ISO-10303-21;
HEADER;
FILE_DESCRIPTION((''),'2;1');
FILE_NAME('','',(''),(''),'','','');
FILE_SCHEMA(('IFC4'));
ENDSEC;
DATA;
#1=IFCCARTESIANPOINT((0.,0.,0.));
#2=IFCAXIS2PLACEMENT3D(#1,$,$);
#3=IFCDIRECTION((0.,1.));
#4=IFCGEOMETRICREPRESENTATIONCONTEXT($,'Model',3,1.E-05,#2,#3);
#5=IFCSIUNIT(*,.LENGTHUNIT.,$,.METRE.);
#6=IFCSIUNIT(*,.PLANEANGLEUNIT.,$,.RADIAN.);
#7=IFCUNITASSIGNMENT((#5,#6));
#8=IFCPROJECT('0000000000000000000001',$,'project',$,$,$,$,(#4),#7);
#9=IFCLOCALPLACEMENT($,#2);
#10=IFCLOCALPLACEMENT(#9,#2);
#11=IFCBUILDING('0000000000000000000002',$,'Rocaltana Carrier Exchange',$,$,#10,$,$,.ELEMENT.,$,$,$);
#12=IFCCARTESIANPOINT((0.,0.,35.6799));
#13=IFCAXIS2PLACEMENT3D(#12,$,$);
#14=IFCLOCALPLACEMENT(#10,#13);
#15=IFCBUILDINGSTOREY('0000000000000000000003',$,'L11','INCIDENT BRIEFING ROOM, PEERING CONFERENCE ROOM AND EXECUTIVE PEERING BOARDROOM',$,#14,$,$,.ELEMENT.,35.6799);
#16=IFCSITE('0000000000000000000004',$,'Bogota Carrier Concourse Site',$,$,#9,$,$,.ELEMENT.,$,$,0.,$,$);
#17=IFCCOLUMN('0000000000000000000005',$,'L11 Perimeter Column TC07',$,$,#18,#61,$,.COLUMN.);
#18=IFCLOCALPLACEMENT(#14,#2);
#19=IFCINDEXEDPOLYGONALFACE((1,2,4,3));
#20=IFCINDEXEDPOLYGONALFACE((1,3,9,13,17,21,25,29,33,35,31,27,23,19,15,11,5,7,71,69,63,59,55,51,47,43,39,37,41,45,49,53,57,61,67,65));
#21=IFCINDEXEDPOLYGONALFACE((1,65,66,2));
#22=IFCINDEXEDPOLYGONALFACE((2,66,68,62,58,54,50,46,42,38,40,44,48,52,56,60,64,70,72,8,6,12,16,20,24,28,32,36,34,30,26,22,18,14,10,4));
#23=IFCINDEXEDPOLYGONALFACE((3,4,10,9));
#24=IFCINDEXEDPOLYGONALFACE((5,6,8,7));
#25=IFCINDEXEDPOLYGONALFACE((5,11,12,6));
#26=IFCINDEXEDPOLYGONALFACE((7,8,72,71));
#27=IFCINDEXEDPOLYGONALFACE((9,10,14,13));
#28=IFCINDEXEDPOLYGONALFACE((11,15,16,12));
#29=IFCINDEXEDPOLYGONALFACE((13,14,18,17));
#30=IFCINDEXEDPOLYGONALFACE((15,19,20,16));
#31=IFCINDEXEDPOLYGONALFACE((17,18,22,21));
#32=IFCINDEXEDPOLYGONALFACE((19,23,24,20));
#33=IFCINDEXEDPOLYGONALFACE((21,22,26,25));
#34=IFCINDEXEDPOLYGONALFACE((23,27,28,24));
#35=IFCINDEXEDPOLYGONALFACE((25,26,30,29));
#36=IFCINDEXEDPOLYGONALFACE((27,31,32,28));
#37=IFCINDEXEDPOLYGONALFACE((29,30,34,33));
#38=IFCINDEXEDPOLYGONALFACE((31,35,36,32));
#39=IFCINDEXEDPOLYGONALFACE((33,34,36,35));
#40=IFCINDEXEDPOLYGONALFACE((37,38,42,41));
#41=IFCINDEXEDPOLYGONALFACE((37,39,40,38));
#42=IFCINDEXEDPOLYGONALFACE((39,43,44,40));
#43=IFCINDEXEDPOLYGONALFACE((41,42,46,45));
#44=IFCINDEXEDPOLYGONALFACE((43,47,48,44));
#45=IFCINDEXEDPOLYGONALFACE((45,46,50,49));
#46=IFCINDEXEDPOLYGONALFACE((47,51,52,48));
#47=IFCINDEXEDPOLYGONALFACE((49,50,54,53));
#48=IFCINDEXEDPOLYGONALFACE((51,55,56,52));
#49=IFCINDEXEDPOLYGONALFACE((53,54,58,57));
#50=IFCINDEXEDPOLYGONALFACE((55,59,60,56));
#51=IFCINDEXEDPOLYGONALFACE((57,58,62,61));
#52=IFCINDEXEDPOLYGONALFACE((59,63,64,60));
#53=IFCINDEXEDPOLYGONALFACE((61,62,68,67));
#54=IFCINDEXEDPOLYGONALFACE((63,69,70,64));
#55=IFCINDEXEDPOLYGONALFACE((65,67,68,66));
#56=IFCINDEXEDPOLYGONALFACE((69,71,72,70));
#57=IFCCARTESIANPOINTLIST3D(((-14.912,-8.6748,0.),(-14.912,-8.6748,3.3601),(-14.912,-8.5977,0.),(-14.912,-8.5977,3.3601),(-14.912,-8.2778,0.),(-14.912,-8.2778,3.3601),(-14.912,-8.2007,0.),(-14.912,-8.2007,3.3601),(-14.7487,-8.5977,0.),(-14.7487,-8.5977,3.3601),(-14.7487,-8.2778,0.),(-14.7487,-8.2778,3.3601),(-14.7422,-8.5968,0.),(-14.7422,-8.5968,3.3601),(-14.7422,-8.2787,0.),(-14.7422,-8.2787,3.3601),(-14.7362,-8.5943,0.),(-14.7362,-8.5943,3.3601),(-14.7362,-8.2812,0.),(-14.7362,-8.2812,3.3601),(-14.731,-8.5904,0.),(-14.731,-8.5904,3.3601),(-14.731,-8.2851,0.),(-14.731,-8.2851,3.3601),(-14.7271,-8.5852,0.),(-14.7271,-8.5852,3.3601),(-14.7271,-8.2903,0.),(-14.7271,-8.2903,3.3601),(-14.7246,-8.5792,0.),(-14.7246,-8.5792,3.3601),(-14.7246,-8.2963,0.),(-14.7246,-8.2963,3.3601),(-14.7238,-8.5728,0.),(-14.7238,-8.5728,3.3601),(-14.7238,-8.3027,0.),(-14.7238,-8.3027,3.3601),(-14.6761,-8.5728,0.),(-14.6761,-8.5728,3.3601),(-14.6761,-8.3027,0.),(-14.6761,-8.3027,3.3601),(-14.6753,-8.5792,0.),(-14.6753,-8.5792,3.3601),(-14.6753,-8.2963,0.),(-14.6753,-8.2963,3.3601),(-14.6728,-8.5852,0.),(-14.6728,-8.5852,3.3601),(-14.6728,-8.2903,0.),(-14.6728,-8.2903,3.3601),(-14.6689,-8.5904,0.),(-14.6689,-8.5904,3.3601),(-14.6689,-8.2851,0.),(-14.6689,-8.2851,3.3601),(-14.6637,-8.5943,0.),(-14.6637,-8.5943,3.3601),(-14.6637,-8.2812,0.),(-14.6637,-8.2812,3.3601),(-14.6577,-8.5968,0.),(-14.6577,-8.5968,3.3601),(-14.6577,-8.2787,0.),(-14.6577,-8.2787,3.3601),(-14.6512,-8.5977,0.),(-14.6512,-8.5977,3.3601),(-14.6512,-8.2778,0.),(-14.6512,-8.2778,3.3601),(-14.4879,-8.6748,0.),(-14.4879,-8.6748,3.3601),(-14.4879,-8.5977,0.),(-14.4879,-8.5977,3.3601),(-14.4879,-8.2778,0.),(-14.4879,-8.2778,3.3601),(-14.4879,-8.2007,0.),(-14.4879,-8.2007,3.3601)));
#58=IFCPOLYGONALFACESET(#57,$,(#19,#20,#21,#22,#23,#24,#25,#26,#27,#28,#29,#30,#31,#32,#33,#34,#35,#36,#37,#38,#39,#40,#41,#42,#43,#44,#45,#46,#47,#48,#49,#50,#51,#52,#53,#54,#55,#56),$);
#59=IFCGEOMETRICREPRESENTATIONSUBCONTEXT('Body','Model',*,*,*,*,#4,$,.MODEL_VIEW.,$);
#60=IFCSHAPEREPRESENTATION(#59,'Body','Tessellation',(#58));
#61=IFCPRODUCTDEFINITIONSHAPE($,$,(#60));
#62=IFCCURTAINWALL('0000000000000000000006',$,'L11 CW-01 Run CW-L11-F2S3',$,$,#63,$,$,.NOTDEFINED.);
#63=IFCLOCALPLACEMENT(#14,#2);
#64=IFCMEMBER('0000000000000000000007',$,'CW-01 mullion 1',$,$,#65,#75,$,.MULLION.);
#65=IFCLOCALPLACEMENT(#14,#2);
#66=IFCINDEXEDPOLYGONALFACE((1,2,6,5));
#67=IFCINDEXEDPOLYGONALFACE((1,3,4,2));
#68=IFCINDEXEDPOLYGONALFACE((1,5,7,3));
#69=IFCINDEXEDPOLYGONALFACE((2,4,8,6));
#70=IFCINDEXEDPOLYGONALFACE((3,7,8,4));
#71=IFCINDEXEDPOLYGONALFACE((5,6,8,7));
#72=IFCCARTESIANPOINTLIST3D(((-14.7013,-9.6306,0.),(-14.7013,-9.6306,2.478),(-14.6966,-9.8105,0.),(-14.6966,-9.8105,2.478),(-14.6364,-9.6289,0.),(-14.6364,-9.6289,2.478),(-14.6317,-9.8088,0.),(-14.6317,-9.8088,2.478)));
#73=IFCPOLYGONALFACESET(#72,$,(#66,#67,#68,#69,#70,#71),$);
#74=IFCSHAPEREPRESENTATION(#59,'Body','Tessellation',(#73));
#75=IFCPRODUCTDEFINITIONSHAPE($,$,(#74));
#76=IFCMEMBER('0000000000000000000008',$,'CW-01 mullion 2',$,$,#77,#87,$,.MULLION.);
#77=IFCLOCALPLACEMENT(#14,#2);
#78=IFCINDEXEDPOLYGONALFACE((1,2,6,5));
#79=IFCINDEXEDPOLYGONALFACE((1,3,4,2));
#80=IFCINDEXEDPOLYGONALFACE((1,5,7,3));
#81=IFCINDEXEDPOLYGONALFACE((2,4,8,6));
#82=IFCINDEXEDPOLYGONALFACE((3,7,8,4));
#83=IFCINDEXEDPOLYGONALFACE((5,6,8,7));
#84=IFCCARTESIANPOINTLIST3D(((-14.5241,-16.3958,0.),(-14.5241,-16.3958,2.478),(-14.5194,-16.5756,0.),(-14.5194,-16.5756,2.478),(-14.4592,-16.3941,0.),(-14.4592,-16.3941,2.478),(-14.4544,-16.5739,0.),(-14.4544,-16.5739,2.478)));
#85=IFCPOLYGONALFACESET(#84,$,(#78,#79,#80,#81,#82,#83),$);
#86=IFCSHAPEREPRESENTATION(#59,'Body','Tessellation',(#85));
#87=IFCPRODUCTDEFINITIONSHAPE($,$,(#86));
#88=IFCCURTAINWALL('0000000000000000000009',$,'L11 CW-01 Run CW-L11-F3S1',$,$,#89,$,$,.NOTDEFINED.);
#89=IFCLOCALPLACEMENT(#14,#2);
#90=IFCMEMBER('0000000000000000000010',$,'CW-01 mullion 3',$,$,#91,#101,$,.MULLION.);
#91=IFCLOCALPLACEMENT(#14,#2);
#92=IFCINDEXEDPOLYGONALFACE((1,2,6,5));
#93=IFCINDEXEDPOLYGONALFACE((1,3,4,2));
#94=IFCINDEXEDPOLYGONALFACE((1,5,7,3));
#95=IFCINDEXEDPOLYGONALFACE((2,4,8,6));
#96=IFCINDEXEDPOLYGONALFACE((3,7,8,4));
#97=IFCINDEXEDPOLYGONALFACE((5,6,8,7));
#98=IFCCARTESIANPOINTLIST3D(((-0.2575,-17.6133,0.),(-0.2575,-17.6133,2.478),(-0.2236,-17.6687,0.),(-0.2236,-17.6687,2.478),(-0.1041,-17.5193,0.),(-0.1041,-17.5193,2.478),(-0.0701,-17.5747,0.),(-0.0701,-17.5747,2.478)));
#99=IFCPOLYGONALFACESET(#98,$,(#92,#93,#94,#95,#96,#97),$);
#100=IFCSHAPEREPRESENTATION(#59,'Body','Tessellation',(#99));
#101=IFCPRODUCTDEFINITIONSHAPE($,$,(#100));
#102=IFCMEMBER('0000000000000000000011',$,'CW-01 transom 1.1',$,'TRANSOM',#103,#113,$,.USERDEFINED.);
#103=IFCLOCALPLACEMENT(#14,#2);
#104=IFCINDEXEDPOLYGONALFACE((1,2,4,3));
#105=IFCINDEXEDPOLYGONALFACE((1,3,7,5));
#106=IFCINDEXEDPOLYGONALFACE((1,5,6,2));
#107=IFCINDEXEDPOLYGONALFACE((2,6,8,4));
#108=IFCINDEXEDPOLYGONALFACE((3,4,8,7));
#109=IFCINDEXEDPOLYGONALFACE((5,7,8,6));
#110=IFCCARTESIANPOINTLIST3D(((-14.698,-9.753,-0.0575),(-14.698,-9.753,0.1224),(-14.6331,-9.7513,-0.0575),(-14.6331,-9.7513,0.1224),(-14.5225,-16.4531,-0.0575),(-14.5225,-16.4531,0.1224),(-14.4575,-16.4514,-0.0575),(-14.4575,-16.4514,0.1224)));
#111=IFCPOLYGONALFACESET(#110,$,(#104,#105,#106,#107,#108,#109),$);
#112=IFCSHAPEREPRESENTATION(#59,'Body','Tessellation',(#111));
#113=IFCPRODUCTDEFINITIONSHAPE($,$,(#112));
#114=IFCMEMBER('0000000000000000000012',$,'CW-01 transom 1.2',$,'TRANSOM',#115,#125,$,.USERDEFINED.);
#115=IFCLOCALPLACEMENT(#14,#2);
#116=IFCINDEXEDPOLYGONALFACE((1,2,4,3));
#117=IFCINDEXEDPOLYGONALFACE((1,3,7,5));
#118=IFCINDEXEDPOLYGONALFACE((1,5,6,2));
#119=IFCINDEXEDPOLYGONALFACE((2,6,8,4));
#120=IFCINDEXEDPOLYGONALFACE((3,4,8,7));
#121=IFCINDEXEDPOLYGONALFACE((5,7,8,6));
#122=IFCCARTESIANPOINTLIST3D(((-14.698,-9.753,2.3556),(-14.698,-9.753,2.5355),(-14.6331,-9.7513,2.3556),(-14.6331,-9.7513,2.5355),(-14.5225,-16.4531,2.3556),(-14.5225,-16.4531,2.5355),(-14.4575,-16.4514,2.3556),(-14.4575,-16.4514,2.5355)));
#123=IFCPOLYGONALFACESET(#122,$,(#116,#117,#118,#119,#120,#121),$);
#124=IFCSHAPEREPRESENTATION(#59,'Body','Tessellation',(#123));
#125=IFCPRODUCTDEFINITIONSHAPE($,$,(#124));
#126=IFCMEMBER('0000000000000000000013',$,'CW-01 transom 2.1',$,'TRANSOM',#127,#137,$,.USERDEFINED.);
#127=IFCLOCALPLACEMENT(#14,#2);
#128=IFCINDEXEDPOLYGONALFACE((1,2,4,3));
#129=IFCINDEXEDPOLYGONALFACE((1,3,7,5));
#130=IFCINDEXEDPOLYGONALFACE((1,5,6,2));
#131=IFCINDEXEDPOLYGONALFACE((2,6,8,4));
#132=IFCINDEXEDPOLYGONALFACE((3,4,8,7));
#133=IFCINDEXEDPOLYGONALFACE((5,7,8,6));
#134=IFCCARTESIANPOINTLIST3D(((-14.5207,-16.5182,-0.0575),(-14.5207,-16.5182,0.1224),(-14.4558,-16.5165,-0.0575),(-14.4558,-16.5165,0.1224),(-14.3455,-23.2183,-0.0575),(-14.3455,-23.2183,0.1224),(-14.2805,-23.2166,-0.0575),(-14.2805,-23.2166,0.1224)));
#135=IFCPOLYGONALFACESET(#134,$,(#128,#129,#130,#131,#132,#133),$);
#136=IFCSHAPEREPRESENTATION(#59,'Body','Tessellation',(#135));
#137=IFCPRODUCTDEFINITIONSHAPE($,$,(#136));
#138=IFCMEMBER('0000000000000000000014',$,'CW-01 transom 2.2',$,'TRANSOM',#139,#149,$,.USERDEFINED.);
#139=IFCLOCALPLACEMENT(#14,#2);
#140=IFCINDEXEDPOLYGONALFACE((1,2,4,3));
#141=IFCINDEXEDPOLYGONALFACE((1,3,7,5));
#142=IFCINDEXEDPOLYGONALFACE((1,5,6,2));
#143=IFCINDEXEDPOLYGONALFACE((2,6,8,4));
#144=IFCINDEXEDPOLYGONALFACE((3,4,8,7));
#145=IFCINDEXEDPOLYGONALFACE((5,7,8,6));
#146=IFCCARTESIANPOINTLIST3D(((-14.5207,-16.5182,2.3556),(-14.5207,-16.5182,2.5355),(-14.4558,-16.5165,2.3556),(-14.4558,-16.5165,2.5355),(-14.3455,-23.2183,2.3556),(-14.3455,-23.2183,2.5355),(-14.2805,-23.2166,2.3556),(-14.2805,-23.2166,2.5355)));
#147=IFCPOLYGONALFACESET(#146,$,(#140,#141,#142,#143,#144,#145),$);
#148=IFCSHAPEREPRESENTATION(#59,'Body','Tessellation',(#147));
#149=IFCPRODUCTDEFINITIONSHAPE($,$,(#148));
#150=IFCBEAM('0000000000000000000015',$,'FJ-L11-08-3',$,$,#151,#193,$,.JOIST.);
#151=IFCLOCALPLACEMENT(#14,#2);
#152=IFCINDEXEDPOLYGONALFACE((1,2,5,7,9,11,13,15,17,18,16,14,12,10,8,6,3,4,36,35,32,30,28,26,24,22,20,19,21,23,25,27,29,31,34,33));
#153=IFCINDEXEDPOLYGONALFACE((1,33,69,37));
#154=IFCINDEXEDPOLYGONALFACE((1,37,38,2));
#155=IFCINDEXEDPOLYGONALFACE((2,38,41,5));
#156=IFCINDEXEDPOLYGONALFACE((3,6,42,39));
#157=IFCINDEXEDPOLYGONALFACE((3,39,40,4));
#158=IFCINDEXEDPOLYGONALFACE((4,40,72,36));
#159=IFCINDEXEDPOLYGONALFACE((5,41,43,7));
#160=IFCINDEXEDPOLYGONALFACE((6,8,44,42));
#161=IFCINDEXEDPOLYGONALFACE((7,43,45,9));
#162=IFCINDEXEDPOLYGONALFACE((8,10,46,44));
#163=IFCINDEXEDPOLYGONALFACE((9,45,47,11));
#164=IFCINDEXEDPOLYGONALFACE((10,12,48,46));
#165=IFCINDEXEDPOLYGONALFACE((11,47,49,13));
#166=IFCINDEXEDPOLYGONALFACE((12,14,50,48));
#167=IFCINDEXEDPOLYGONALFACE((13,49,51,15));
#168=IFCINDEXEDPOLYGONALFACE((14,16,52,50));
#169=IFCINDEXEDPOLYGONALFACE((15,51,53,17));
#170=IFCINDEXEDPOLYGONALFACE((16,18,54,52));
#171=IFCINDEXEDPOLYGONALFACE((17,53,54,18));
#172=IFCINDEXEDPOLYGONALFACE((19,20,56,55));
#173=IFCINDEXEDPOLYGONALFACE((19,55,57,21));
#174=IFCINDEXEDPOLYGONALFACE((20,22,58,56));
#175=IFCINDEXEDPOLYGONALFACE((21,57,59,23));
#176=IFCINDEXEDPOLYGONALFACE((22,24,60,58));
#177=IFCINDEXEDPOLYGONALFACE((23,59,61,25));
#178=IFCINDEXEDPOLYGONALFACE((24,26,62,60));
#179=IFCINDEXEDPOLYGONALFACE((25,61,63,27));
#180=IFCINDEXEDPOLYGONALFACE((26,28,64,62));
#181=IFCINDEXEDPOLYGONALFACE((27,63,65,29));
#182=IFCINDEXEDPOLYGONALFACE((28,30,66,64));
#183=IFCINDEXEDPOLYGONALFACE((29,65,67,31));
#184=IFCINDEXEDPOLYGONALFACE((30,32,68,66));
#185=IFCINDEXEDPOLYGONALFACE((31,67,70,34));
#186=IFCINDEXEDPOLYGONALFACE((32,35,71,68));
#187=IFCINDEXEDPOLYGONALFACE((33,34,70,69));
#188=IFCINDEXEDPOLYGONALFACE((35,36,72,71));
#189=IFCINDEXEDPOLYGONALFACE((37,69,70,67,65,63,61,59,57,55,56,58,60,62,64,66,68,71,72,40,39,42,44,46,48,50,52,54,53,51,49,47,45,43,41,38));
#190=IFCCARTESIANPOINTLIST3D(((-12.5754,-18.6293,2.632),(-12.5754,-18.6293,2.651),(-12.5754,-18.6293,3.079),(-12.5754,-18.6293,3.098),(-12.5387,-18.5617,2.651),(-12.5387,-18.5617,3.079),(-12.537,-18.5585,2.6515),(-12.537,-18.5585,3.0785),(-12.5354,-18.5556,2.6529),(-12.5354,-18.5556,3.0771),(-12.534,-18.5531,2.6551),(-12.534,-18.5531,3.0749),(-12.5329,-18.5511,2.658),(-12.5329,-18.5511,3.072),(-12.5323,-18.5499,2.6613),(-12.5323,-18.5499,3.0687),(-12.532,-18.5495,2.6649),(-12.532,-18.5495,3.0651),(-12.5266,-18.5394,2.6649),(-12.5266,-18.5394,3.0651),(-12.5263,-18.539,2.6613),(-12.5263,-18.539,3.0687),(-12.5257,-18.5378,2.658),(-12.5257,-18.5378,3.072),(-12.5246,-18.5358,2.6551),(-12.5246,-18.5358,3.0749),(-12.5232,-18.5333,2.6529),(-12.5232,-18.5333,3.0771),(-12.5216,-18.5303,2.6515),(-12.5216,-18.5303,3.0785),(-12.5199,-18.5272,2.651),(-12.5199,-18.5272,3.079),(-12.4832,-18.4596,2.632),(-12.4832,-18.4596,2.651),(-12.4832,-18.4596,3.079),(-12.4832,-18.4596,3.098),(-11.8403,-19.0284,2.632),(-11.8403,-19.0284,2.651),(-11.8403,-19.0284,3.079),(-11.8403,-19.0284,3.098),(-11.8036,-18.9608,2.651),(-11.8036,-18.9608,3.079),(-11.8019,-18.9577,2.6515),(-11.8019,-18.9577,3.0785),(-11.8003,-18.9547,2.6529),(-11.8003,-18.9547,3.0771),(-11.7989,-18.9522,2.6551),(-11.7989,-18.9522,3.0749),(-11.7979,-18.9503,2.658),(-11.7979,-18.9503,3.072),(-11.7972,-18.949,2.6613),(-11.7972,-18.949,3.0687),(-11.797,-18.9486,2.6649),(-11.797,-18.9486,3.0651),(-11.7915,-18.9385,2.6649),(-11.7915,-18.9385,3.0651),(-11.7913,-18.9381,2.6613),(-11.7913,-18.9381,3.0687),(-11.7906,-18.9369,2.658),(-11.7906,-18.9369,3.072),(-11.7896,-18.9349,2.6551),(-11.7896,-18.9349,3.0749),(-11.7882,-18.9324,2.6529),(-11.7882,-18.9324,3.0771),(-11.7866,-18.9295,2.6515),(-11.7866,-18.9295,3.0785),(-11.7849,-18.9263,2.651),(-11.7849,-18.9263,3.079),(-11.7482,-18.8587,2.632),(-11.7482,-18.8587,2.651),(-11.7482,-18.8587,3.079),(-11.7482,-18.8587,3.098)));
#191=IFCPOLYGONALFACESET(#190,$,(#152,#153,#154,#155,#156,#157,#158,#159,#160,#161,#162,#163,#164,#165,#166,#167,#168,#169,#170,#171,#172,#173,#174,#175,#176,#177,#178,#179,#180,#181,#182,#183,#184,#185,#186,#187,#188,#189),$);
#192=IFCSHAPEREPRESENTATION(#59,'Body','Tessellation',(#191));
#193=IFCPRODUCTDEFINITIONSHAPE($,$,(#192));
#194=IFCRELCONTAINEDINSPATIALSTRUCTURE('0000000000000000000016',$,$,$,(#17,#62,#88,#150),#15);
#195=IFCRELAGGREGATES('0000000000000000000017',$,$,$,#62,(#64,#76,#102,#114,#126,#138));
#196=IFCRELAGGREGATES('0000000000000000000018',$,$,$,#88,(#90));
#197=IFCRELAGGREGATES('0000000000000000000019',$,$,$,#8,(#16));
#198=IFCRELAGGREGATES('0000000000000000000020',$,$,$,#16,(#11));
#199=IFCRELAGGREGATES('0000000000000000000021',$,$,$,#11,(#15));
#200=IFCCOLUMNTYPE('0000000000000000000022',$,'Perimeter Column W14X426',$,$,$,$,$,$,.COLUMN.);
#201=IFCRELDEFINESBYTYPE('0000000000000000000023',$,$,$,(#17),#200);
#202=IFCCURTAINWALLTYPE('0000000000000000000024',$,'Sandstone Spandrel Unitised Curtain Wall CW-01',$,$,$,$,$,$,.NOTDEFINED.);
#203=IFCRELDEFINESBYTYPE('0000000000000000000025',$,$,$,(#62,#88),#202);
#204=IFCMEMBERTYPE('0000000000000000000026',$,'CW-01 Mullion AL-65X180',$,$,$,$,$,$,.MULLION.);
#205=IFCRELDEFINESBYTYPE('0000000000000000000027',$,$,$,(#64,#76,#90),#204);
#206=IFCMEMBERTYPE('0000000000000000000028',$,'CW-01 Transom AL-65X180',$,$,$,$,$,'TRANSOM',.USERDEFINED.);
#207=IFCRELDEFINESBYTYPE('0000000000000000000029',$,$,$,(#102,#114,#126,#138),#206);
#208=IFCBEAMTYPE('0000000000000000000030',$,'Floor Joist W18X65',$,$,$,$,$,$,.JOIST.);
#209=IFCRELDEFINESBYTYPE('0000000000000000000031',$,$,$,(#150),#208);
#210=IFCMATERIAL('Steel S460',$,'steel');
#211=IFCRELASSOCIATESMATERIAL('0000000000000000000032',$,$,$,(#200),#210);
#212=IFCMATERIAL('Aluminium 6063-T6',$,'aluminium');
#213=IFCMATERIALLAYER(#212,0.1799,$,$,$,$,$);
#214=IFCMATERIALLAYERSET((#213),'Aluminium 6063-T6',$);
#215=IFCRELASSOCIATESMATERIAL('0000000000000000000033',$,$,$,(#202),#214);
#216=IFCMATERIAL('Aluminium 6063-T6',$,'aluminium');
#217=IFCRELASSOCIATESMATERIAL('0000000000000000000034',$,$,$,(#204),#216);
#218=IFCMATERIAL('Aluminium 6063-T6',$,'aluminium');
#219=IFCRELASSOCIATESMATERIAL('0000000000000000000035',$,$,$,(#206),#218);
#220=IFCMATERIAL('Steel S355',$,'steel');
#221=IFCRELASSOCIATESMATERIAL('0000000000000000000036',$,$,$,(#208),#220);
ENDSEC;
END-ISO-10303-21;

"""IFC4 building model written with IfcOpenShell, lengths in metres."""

from ifc_helpers import new_model, si_unit, direction, frame, origin, origin_2d, place, context, subcontext, project, spatial, rectangle, i_section, extrude, material, layer, layer_set, material_profile, profile_set, type_object, element, aggregate, save


model = new_model("IFC4")

# Units and contexts
model_context = context("Model", 3, precision=1e-05, world=origin(), true_north=direction((0.0, 1.0)))
body_context = subcontext(model_context, "Body", "Model", "MODEL_VIEW")
ifc_project = project(units=[si_unit("LENGTHUNIT", "METRE"), si_unit("PLANEANGLEUNIT", "RADIAN")], contexts=[model_context])

# Site, building, storey
site_placement = place(None, origin())
site = spatial("IfcSite", under=ifc_project, at=site_placement, Name="Bogota Carrier Concourse Site", CompositionType="ELEMENT", RefElevation=0.0)
building_placement = place(site_placement, origin())
building = spatial("IfcBuilding", under=site, at=building_placement, Name="Rocaltana Carrier Exchange", CompositionType="ELEMENT")
storey_placement = place(building_placement, frame((0.0, 0.0, 35.6799)))
storey = spatial("IfcBuildingStorey", under=building, at=storey_placement, Name="L11", Description="INCIDENT BRIEFING ROOM, PEERING CONFERENCE ROOM AND EXECUTIVE PEERING BOARDROOM", CompositionType="ELEMENT", Elevation=35.6799)

# Column
ifc_material_1 = material(Name="Steel S460", Category="steel")
ifc_material_profile_1 = material_profile(ifc_material_1, i_section(OverallWidth=0.4241, OverallDepth=0.4741, WebThickness=0.0476, FlangeThickness=0.0771, FilletRadius=0.0249, at=origin_2d()), Name="W14X426")
ifc_profile_set_1 = profile_set([ifc_material_profile_1], Name="Steel S460")
column_type = type_object("IfcColumnType", Name="Perimeter Column W14X426", PredefinedType="COLUMN", material=ifc_profile_set_1)
column_placement = place(storey_placement, frame((-14.7, -8.4377, 0.0), z_axis=(0.0, 0.0, 1.0), x_axis=(1.0, 0.0, 0.0)))
element("IfcColumn", 1, at=column_placement, inside=storey, type_object=column_type, Name="L11 Perimeter Column TC07", PredefinedType="COLUMN", context=body_context, shape_type="SweptSolid", body=[
    extrude(i_section(OverallWidth=0.4241, OverallDepth=0.4741, WebThickness=0.0476, FlangeThickness=0.0771, FilletRadius=0.0249, at=origin_2d()), origin(), (0.0, 0.0, 1.0), 3.3601),
])

# Curtain wall, members
ifc_material_2 = material(Name="Aluminium 6063-T6", Category="aluminium")
ifc_layer_1 = layer(ifc_material_2, 0.1799)
ifc_layer_set_1 = layer_set([ifc_layer_1], Name="Aluminium 6063-T6")
curtain_wall_type = type_object("IfcCurtainWallType", Name="Sandstone Spandrel Unitised Curtain Wall CW-01", PredefinedType="NOTDEFINED", material=ifc_layer_set_1)
curtain_wall_1_placement = place(storey_placement, origin())
curtain_wall_1 = element("IfcCurtainWall", 2, at=curtain_wall_1_placement, inside=storey, type_object=curtain_wall_type, Name="L11 CW-01 Run CW-L11-F2S3", PredefinedType="NOTDEFINED")
ifc_material_3 = material(Name="Aluminium 6063-T6", Category="aluminium")
ifc_material_profile_2 = material_profile(ifc_material_3, rectangle(XDim=0.0649, YDim=0.1799, at=origin_2d()), Name="AL-65X180")
ifc_profile_set_2 = profile_set([ifc_material_profile_2], Name="Aluminium 6063-T6")
member_type_1 = type_object("IfcMemberType", Name="CW-01 Mullion AL-65X180", PredefinedType="MULLION", material=ifc_profile_set_2)
member_1_placement = place(storey_placement, frame((-14.6665, -9.7197, 0.0), z_axis=(0.0, 0.0, 1.0), x_axis=(0.999657, 0.026184, 0.0)))
member_1 = element("IfcMember", 3, at=member_1_placement, type_object=member_type_1, Name="CW-01 mullion 1", PredefinedType="MULLION", context=body_context, shape_type="SweptSolid", body=[
    extrude(rectangle(XDim=0.0649, YDim=0.1799, at=origin_2d()), origin(), (0.0, 0.0, 1.0), 2.478),
])
member_2_placement = place(storey_placement, frame((-14.4893, -16.4849, 0.0), z_axis=(0.0, 0.0, 1.0), x_axis=(0.999657, 0.026184, 0.0)))
member_2 = element("IfcMember", 4, at=member_2_placement, type_object=member_type_1, Name="CW-01 mullion 2", PredefinedType="MULLION", context=body_context, shape_type="SweptSolid", body=[
    extrude(rectangle(XDim=0.0649, YDim=0.1799, at=origin_2d()), origin(), (0.0, 0.0, 1.0), 2.478),
])

# Curtain wall, member
curtain_wall_2_placement = place(storey_placement, origin())
curtain_wall_2 = element("IfcCurtainWall", 5, at=curtain_wall_2_placement, inside=storey, type_object=curtain_wall_type, Name="L11 CW-01 Run CW-L11-F3S1", PredefinedType="NOTDEFINED")
member_3_placement = place(storey_placement, frame((-0.1638, -17.594, 0.0), z_axis=(0.0, 0.0, 1.0), x_axis=(-0.522505, 0.852636, 0.0)))
member_3 = element("IfcMember", 6, at=member_3_placement, type_object=member_type_1, Name="CW-01 mullion 3", PredefinedType="MULLION", context=body_context, shape_type="SweptSolid", body=[
    extrude(rectangle(XDim=0.0649, YDim=0.1799, at=origin_2d()), origin(), (0.0, 0.0, 1.0), 2.478),
])

# Members
ifc_material_4 = material(Name="Aluminium 6063-T6", Category="aluminium")
ifc_material_profile_3 = material_profile(ifc_material_4, rectangle(XDim=0.0649, YDim=0.1799, at=origin_2d()), Name="AL-65X180")
ifc_profile_set_3 = profile_set([ifc_material_profile_3], Name="Aluminium 6063-T6")
member_type_2 = type_object("IfcMemberType", Name="CW-01 Transom AL-65X180", ElementType="TRANSOM", PredefinedType="USERDEFINED", material=ifc_profile_set_3)
member_4_placement = place(storey_placement, frame((-14.6655, -9.7522, 0.0325), z_axis=(0.02619, -0.999657, 0.0), x_axis=(0.999657, 0.02619, 0.0)))
member_4 = element("IfcMember", 7, at=member_4_placement, type_object=member_type_2, Name="CW-01 transom 1.1", ObjectType="TRANSOM", PredefinedType="USERDEFINED", context=body_context, shape_type="SweptSolid", body=[
    extrude(rectangle(XDim=0.0649, YDim=0.1799, at=origin_2d()), origin(), (0.0, 0.0, 1.0), 6.7024),
])
member_5_placement = place(storey_placement, frame((-14.6655, -9.7522, 2.4456), z_axis=(0.02619, -0.999657, 0.0), x_axis=(0.999657, 0.02619, 0.0)))
member_5 = element("IfcMember", 8, at=member_5_placement, type_object=member_type_2, Name="CW-01 transom 1.2", ObjectType="TRANSOM", PredefinedType="USERDEFINED", context=body_context, shape_type="SweptSolid", body=[
    extrude(rectangle(XDim=0.0649, YDim=0.1799, at=origin_2d()), origin(), (0.0, 0.0, 1.0), 6.7024),
])
member_6_placement = place(storey_placement, frame((-14.4883, -16.5173, 0.0325), z_axis=(0.026153, -0.999658, 0.0), x_axis=(0.999658, 0.026153, 0.0)))
member_6 = element("IfcMember", 9, at=member_6_placement, type_object=member_type_2, Name="CW-01 transom 2.1", ObjectType="TRANSOM", PredefinedType="USERDEFINED", context=body_context, shape_type="SweptSolid", body=[
    extrude(rectangle(XDim=0.0649, YDim=0.1799, at=origin_2d()), origin(), (0.0, 0.0, 1.0), 6.7024),
])
member_7_placement = place(storey_placement, frame((-14.4883, -16.5173, 2.4456), z_axis=(0.026153, -0.999658, 0.0), x_axis=(0.999658, 0.026153, 0.0)))
member_7 = element("IfcMember", 10, at=member_7_placement, type_object=member_type_2, Name="CW-01 transom 2.2", ObjectType="TRANSOM", PredefinedType="USERDEFINED", context=body_context, shape_type="SweptSolid", body=[
    extrude(rectangle(XDim=0.0649, YDim=0.1799, at=origin_2d()), origin(), (0.0, 0.0, 1.0), 6.7024),
])

# Beam
ifc_material_5 = material(Name="Steel S355", Category="steel")
ifc_material_profile_4 = material_profile(ifc_material_5, i_section(OverallWidth=0.1931, OverallDepth=0.4661, WebThickness=0.0115, FlangeThickness=0.019, FilletRadius=0.0139, at=origin_2d()), Name="W18X65")
ifc_profile_set_4 = profile_set([ifc_material_profile_4], Name="Steel S355")
beam_type_1 = type_object("IfcBeamType", Name="Floor Joist W18X65", PredefinedType="JOIST", material=ifc_profile_set_4)
beam_1_placement = place(storey_placement, frame((-12.5293, -18.5444, 2.865), z_axis=(0.878797, -0.477195, 0.0), x_axis=(0.477195, 0.878797, 0.0)))
element("IfcBeam", 11, at=beam_1_placement, inside=storey, type_object=beam_type_1, Name="FJ-L11-08-3", PredefinedType="JOIST", context=body_context, shape_type="SweptSolid", body=[
    extrude(i_section(OverallWidth=0.1931, OverallDepth=0.4661, WebThickness=0.0115, FlangeThickness=0.019, FilletRadius=0.0139, at=origin_2d()), origin(), (0.0, 0.0, 1.0), 0.8364),
])

aggregate(curtain_wall_1, [member_1, member_2, member_4, member_5, member_6, member_7])
aggregate(curtain_wall_2, [member_3])

save(model, "model.ifc")
